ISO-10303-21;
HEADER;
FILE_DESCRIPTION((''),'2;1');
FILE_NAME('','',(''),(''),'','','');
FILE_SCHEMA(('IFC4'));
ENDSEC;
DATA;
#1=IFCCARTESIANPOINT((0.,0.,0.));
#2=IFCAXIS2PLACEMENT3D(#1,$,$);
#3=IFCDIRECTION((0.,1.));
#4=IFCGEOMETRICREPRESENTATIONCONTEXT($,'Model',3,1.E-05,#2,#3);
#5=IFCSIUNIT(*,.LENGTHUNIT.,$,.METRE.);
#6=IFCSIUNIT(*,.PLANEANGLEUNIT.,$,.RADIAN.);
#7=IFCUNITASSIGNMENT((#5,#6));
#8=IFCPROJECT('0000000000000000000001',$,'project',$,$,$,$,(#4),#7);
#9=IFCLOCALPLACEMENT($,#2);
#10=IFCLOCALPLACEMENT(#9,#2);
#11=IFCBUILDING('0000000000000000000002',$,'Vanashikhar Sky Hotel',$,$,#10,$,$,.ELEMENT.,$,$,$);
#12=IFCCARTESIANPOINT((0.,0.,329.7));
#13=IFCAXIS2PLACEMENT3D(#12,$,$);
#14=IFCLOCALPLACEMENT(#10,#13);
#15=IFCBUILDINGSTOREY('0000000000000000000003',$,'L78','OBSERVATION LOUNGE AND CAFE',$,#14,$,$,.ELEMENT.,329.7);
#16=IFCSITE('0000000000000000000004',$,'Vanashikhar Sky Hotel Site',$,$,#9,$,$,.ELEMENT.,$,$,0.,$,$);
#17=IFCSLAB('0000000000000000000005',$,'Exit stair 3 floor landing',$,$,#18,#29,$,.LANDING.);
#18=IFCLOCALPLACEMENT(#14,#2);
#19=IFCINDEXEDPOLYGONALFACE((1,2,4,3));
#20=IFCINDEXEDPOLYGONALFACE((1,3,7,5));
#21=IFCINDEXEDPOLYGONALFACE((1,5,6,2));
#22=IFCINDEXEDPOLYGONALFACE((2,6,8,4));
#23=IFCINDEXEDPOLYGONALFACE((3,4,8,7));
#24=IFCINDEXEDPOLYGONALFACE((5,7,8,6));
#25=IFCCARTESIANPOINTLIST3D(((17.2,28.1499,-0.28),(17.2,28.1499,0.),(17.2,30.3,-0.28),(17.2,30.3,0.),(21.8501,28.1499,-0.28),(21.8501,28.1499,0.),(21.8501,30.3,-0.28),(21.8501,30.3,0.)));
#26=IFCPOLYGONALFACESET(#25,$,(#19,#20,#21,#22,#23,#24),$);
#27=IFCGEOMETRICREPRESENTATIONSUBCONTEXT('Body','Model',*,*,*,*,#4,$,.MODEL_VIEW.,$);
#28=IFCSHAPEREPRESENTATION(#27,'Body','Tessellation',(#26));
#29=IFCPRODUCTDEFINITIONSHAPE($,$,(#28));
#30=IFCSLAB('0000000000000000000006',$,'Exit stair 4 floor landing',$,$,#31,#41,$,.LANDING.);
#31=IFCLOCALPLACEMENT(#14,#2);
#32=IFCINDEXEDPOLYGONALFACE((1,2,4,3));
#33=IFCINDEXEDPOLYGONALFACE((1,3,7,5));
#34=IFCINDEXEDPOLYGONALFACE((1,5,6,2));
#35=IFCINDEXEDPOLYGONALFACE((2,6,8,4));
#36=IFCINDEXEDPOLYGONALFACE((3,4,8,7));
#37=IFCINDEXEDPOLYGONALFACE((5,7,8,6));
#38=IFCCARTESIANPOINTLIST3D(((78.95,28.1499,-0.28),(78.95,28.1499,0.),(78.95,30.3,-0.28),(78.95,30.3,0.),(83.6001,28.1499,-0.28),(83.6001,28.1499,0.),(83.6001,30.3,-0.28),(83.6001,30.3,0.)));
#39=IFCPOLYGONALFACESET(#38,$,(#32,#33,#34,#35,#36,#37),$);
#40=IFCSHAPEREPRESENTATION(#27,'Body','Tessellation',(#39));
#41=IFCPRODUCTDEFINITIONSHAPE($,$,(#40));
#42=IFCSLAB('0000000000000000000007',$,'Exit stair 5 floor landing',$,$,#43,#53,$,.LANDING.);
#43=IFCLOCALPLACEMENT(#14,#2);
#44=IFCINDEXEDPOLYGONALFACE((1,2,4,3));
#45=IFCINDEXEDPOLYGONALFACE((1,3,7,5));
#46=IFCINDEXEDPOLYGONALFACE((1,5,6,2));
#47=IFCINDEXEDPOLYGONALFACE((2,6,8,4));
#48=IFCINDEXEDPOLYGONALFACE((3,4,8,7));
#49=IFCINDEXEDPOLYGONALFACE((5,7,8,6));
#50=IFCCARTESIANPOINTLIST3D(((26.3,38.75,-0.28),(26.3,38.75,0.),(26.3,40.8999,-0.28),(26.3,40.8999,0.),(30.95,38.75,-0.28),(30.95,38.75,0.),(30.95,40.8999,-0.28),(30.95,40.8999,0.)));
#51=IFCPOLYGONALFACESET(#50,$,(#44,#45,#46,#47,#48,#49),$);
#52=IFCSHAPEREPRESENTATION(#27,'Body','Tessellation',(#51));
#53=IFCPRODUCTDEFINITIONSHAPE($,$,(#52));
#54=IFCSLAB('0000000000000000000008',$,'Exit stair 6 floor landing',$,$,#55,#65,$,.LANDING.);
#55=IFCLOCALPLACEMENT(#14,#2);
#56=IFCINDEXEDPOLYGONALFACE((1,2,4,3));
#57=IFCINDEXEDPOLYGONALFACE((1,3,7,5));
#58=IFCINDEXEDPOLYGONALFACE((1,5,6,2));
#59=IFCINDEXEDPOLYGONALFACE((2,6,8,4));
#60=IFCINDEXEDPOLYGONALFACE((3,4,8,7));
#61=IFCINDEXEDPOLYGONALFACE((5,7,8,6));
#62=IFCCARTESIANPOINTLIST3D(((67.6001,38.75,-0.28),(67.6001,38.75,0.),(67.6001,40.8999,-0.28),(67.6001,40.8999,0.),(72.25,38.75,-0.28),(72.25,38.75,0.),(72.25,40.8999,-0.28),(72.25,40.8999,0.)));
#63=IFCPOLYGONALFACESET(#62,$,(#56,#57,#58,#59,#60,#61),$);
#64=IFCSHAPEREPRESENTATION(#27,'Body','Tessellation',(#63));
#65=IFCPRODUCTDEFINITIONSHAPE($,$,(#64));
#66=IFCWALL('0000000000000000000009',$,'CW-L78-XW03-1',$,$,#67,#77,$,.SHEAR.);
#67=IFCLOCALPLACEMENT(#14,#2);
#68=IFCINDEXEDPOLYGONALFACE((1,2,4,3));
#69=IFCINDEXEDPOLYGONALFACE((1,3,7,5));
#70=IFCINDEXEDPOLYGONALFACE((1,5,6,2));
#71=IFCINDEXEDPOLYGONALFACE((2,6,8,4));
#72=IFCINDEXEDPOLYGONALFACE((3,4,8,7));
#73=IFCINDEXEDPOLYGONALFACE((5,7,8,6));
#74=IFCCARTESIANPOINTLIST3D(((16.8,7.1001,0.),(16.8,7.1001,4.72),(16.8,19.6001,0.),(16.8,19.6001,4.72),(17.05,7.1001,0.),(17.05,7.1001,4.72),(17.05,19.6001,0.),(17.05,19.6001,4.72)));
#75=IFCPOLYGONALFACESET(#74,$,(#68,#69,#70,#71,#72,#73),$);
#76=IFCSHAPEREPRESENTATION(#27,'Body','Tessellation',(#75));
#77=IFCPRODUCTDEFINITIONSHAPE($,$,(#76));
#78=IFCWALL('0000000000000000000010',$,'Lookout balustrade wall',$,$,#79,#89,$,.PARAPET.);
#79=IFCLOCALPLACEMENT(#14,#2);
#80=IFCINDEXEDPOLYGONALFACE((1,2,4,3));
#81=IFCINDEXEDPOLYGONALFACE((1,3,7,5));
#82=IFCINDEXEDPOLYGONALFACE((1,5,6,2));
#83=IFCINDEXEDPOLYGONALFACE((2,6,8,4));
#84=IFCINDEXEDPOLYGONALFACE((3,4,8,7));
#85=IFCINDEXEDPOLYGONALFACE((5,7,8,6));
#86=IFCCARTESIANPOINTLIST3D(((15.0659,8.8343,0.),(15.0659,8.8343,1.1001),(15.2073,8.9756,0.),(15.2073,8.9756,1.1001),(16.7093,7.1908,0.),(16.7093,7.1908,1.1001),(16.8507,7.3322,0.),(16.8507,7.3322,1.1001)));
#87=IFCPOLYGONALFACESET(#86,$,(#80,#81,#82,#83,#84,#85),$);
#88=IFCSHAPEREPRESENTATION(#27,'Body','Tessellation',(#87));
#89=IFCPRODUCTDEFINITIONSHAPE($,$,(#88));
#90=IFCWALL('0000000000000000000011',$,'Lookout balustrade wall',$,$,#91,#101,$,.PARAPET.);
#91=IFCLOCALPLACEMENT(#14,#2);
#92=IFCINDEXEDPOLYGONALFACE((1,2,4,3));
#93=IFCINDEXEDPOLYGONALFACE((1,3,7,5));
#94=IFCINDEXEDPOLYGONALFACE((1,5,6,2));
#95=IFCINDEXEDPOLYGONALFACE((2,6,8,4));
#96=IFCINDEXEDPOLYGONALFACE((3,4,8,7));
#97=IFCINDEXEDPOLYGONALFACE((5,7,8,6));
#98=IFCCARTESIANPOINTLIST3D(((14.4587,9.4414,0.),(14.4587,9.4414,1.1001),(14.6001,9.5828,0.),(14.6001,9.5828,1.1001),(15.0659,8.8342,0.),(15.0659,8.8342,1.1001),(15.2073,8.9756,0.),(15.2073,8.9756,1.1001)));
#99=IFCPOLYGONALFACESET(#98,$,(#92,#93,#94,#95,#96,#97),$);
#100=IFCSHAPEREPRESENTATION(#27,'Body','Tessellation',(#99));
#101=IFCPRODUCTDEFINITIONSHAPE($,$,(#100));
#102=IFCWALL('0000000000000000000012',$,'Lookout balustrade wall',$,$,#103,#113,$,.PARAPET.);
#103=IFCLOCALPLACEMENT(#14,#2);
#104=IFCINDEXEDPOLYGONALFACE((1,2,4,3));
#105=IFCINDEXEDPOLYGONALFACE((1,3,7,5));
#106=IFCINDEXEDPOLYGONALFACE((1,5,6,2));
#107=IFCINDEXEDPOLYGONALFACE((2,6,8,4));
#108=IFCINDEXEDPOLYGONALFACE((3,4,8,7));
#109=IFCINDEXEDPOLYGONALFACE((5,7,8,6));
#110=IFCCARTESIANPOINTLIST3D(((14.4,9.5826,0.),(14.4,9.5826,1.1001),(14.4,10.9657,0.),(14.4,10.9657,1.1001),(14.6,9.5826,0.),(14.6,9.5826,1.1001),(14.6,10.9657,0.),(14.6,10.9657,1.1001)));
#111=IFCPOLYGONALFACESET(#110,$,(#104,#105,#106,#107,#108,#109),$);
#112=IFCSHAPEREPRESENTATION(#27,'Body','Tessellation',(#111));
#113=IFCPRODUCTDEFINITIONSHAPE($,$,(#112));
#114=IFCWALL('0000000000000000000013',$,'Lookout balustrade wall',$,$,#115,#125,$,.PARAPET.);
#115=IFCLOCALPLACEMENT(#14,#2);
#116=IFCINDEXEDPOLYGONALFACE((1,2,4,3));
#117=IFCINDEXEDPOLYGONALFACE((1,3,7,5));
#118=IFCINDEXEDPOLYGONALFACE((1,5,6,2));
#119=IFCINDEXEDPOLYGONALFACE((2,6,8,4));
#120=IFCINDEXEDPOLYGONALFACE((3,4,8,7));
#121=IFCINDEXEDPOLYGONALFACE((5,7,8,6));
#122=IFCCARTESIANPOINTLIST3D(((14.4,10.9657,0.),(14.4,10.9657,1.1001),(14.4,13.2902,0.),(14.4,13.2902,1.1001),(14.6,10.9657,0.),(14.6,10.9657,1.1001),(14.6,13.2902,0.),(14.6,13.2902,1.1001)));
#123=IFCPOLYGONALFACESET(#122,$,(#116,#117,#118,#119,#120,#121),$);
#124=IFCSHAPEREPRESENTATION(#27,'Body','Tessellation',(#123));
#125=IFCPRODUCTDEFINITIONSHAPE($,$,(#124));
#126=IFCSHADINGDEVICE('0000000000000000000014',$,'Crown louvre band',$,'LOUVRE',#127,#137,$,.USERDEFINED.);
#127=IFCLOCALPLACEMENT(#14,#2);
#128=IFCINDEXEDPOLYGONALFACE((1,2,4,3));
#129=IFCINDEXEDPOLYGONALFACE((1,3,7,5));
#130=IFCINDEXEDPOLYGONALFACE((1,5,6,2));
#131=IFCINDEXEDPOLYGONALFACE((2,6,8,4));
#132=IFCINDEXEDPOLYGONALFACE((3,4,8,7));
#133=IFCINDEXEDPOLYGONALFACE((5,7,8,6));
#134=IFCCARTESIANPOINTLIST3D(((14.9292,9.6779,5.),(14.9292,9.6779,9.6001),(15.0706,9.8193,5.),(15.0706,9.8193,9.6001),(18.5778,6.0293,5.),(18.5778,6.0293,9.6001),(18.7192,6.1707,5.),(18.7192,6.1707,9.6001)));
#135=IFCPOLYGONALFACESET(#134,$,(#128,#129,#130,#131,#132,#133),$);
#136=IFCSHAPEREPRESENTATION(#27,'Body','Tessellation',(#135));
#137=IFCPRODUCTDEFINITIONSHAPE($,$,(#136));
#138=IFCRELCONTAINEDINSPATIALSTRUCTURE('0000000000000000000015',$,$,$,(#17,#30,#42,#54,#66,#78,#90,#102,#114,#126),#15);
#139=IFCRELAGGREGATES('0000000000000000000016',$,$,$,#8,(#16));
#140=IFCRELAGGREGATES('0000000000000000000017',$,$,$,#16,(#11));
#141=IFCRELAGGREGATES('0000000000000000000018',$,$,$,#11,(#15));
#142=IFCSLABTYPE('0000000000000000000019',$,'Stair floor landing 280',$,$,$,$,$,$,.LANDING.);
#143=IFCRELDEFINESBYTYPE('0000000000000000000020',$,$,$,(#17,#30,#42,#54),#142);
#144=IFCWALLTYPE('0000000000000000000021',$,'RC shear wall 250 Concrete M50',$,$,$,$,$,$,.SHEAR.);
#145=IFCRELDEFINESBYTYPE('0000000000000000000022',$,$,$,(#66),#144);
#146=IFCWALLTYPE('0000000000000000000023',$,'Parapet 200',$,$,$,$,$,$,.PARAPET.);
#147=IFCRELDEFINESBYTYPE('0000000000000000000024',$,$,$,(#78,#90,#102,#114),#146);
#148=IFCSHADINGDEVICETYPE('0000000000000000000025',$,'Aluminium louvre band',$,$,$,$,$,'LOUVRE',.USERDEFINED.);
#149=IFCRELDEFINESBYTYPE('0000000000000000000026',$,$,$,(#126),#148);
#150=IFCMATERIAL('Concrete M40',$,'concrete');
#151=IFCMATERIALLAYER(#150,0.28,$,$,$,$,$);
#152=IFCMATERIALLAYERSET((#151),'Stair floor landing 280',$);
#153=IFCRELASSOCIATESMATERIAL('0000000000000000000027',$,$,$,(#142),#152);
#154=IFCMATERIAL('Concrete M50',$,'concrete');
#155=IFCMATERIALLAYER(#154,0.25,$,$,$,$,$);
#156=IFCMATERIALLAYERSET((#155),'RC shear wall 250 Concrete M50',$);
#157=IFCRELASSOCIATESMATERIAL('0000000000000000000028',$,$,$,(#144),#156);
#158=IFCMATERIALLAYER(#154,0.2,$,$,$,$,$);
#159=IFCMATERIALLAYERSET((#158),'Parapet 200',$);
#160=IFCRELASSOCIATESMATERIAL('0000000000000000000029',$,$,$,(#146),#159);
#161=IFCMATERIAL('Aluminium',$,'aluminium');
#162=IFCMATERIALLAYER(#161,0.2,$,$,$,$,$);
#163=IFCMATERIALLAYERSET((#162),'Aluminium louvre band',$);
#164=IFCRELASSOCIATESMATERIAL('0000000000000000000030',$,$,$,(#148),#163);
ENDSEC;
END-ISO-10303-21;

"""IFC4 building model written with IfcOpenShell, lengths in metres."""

from ifc_helpers import new_model, si_unit, direction, frame, frame_2d, origin, origin_2d, place, context, subcontext, project, spatial, polyline, rectangle, outline, extrude, source, transform, mapped, material, layer, layer_set, type_object, element, save


model = new_model("IFC4")

# Units and contexts
model_context = context("Model", 3, precision=1e-05, world=origin(), true_north=direction((0.0, 1.0)))
body_context = subcontext(model_context, "Body", "Model", "MODEL_VIEW")
ifc_project = project(units=[si_unit("LENGTHUNIT", "METRE"), si_unit("PLANEANGLEUNIT", "RADIAN")], contexts=[model_context])

# Site, building, storey
site_placement = place(None, origin())
site = spatial("IfcSite", under=ifc_project, at=site_placement, Name="Vanashikhar Sky Hotel Site", CompositionType="ELEMENT", RefElevation=0.0)
building_placement = place(site_placement, origin())
building = spatial("IfcBuilding", under=site, at=building_placement, Name="Vanashikhar Sky Hotel", CompositionType="ELEMENT")
storey_placement = place(building_placement, frame((0.0, 0.0, 329.7)))
storey = spatial("IfcBuildingStorey", under=building, at=storey_placement, Name="L78", Description="OBSERVATION LOUNGE AND CAFE", CompositionType="ELEMENT", Elevation=329.7)

# Shared definitions
ifc_material_1 = material(Name="Concrete M40", Category="concrete")

# Slabs
ifc_layer_1 = layer(ifc_material_1, 0.28)
ifc_layer_set_1 = layer_set([ifc_layer_1], Name="Stair floor landing 280")
slab_type_1 = type_object("IfcSlabType", Name="Stair floor landing 280", PredefinedType="LANDING", material=ifc_layer_set_1)
shared_shape_1 = source(origin(), body_context, "Body", "SweptSolid", [
    extrude(outline(polyline([(21.8501, 28.1499), (21.8501, 30.3), (17.2, 30.3), (17.2, 28.1499), (21.8501, 28.1499)])), origin(), (0.0, 0.0, 1.0), 0.28),
])
slab_1_placement = place(storey_placement, frame((0.0, 0.0, -0.28)))
element("IfcSlab", 1, at=slab_1_placement, inside=storey, type_object=slab_type_1, Name="Exit stair 3 floor landing", PredefinedType="LANDING", context=body_context, shape_type="MappedRepresentation", body=[
    mapped(shared_shape_1, transform((0.0, 0.0, 0.0), scale=1.0)),
])
shared_shape_2 = source(origin(), body_context, "Body", "SweptSolid", [
    extrude(outline(polyline([(83.6001, 28.1499), (83.6001, 30.3), (78.95, 30.3), (78.95, 28.1499), (83.6001, 28.1499)])), origin(), (0.0, 0.0, 1.0), 0.28),
])
slab_2_placement = place(storey_placement, frame((0.0, 0.0, -0.28)))
element("IfcSlab", 2, at=slab_2_placement, inside=storey, type_object=slab_type_1, Name="Exit stair 4 floor landing", PredefinedType="LANDING", context=body_context, shape_type="MappedRepresentation", body=[
    mapped(shared_shape_2, transform((0.0, 0.0, 0.0), scale=1.0)),
])
shared_shape_3 = source(origin(), body_context, "Body", "SweptSolid", [
    extrude(outline(polyline([(30.95, 38.75), (30.95, 40.8999), (26.3, 40.8999), (26.3, 38.75), (30.95, 38.75)])), origin(), (0.0, 0.0, 1.0), 0.28),
])
slab_3_placement = place(storey_placement, frame((0.0, 0.0, -0.28)))
element("IfcSlab", 3, at=slab_3_placement, inside=storey, type_object=slab_type_1, Name="Exit stair 5 floor landing", PredefinedType="LANDING", context=body_context, shape_type="MappedRepresentation", body=[
    mapped(shared_shape_3, transform((0.0, 0.0, 0.0), scale=1.0)),
])
shared_shape_4 = source(origin(), body_context, "Body", "SweptSolid", [
    extrude(outline(polyline([(72.25, 38.75), (72.25, 40.8999), (67.6001, 40.8999), (67.6001, 38.75), (72.25, 38.75)])), origin(), (0.0, 0.0, 1.0), 0.28),
])
slab_4_placement = place(storey_placement, frame((0.0, 0.0, -0.28)))
element("IfcSlab", 4, at=slab_4_placement, inside=storey, type_object=slab_type_1, Name="Exit stair 6 floor landing", PredefinedType="LANDING", context=body_context, shape_type="MappedRepresentation", body=[
    mapped(shared_shape_4, transform((0.0, 0.0, 0.0), scale=1.0)),
])

# Walls
ifc_material_2 = material(Name="Concrete M50", Category="concrete")
ifc_layer_2 = layer(ifc_material_2, 0.25)
ifc_layer_set_2 = layer_set([ifc_layer_2], Name="RC shear wall 250 Concrete M50")
wall_type_1 = type_object("IfcWallType", Name="RC shear wall 250 Concrete M50", PredefinedType="SHEAR", material=ifc_layer_set_2)
shared_shape_5 = source(origin(), body_context, "Body", "SweptSolid", [
    extrude(rectangle(XDim=12.5, YDim=0.25, at=frame_2d((6.25, 0.0))), origin(), (0.0, 0.0, 1.0), 4.72),
])
wall_1_placement = place(storey_placement, frame((16.925, 7.1001, 0.0), z_axis=(0.0, 0.0, 1.0), x_axis=(0.0, 1.0, 0.0)))
element("IfcWall", 5, at=wall_1_placement, inside=storey, type_object=wall_type_1, Name="CW-L78-XW03-1", PredefinedType="SHEAR", context=body_context, shape_type="MappedRepresentation", body=[
    mapped(shared_shape_5, transform((0.0, 0.0, 0.0), scale=1.0)),
])
ifc_layer_3 = layer(ifc_material_2, 0.2)
ifc_layer_set_3 = layer_set([ifc_layer_3], Name="Parapet 200")
wall_type_2 = type_object("IfcWallType", Name="Parapet 200", PredefinedType="PARAPET", material=ifc_layer_set_3)
shared_shape_6 = source(origin(), body_context, "Body", "SweptSolid", [
    extrude(rectangle(XDim=2.3242, YDim=0.2, at=frame_2d((1.1621, 0.0))), origin(), (0.0, 0.0, 1.0), 1.1001),
])
wall_2_placement = place(storey_placement, frame((16.78, 7.2615, 0.0), z_axis=(0.0, 0.0, 1.0), x_axis=(-0.707107, 0.707107, 0.0)))
element("IfcWall", 6, at=wall_2_placement, inside=storey, type_object=wall_type_2, Name="Lookout balustrade wall", PredefinedType="PARAPET", context=body_context, shape_type="MappedRepresentation", body=[
    mapped(shared_shape_6, transform((0.0, 0.0, 0.0), scale=1.0)),
])
shared_shape_7 = source(origin(), body_context, "Body", "SweptSolid", [
    extrude(rectangle(XDim=0.8586, YDim=0.2, at=frame_2d((0.4292, 0.0))), origin(), (0.0, 0.0, 1.0), 1.1001),
])
wall_3_placement = place(storey_placement, frame((15.1365, 8.905, 0.0), z_axis=(0.0, 0.0, 1.0), x_axis=(-0.707107, 0.707107, 0.0)))
element("IfcWall", 7, at=wall_3_placement, inside=storey, type_object=wall_type_2, Name="Lookout balustrade wall", PredefinedType="PARAPET", context=body_context, shape_type="MappedRepresentation", body=[
    mapped(shared_shape_7, transform((0.0, 0.0, 0.0), scale=1.0)),
])
shared_shape_8 = source(origin(), body_context, "Body", "SweptSolid", [
    extrude(rectangle(XDim=1.3831, YDim=0.2, at=frame_2d((0.6914, 0.0))), origin(), (0.0, 0.0, 1.0), 1.1001),
])
wall_4_placement = place(storey_placement, frame((14.5, 9.5828, 0.0), z_axis=(0.0, 0.0, 1.0), x_axis=(0.0, 1.0, 0.0)))
element("IfcWall", 8, at=wall_4_placement, inside=storey, type_object=wall_type_2, Name="Lookout balustrade wall", PredefinedType="PARAPET", context=body_context, shape_type="MappedRepresentation", body=[
    mapped(shared_shape_8, transform((0.0, 0.0, 0.0), scale=1.0)),
])
shared_shape_9 = source(origin(), body_context, "Body", "SweptSolid", [
    extrude(rectangle(XDim=2.3245, YDim=0.2, at=frame_2d((1.1621, 0.0))), origin(), (0.0, 0.0, 1.0), 1.1001),
])
wall_5_placement = place(storey_placement, frame((14.5, 10.9658, 0.0), z_axis=(0.0, 0.0, 1.0), x_axis=(0.0, 1.0, 0.0)))
element("IfcWall", 9, at=wall_5_placement, inside=storey, type_object=wall_type_2, Name="Lookout balustrade wall", PredefinedType="PARAPET", context=body_context, shape_type="MappedRepresentation", body=[
    mapped(shared_shape_9, transform((0.0, 0.0, 0.0), scale=1.0)),
])

# Shading device
ifc_material_3 = material(Name="Aluminium", Category="aluminium")
ifc_layer_4 = layer(ifc_material_3, 0.2)
ifc_layer_set_4 = layer_set([ifc_layer_4], Name="Aluminium louvre band")
shading_device_type = type_object("IfcShadingDeviceType", Name="Aluminium louvre band", ElementType="LOUVRE", PredefinedType="USERDEFINED", material=ifc_layer_set_4)
shared_shape_10 = source(origin(), body_context, "Body", "SweptSolid", [
    extrude(rectangle(XDim=5.1599, YDim=0.2, at=origin_2d()), origin(), (0.0, 0.0, 1.0), 4.6001),
])
shading_device_placement = place(storey_placement, frame((16.8242, 7.9243, 5.0), z_axis=(0.0, 0.0, 1.0), x_axis=(-0.707107, 0.707107, 0.0)))
element("IfcShadingDevice", 10, at=shading_device_placement, inside=storey, type_object=shading_device_type, Name="Crown louvre band", ObjectType="LOUVRE", PredefinedType="USERDEFINED", context=body_context, shape_type="MappedRepresentation", body=[
    mapped(shared_shape_10, transform((0.0, 0.0, 0.0), scale=1.0)),
])

save(model, "model.ifc")
